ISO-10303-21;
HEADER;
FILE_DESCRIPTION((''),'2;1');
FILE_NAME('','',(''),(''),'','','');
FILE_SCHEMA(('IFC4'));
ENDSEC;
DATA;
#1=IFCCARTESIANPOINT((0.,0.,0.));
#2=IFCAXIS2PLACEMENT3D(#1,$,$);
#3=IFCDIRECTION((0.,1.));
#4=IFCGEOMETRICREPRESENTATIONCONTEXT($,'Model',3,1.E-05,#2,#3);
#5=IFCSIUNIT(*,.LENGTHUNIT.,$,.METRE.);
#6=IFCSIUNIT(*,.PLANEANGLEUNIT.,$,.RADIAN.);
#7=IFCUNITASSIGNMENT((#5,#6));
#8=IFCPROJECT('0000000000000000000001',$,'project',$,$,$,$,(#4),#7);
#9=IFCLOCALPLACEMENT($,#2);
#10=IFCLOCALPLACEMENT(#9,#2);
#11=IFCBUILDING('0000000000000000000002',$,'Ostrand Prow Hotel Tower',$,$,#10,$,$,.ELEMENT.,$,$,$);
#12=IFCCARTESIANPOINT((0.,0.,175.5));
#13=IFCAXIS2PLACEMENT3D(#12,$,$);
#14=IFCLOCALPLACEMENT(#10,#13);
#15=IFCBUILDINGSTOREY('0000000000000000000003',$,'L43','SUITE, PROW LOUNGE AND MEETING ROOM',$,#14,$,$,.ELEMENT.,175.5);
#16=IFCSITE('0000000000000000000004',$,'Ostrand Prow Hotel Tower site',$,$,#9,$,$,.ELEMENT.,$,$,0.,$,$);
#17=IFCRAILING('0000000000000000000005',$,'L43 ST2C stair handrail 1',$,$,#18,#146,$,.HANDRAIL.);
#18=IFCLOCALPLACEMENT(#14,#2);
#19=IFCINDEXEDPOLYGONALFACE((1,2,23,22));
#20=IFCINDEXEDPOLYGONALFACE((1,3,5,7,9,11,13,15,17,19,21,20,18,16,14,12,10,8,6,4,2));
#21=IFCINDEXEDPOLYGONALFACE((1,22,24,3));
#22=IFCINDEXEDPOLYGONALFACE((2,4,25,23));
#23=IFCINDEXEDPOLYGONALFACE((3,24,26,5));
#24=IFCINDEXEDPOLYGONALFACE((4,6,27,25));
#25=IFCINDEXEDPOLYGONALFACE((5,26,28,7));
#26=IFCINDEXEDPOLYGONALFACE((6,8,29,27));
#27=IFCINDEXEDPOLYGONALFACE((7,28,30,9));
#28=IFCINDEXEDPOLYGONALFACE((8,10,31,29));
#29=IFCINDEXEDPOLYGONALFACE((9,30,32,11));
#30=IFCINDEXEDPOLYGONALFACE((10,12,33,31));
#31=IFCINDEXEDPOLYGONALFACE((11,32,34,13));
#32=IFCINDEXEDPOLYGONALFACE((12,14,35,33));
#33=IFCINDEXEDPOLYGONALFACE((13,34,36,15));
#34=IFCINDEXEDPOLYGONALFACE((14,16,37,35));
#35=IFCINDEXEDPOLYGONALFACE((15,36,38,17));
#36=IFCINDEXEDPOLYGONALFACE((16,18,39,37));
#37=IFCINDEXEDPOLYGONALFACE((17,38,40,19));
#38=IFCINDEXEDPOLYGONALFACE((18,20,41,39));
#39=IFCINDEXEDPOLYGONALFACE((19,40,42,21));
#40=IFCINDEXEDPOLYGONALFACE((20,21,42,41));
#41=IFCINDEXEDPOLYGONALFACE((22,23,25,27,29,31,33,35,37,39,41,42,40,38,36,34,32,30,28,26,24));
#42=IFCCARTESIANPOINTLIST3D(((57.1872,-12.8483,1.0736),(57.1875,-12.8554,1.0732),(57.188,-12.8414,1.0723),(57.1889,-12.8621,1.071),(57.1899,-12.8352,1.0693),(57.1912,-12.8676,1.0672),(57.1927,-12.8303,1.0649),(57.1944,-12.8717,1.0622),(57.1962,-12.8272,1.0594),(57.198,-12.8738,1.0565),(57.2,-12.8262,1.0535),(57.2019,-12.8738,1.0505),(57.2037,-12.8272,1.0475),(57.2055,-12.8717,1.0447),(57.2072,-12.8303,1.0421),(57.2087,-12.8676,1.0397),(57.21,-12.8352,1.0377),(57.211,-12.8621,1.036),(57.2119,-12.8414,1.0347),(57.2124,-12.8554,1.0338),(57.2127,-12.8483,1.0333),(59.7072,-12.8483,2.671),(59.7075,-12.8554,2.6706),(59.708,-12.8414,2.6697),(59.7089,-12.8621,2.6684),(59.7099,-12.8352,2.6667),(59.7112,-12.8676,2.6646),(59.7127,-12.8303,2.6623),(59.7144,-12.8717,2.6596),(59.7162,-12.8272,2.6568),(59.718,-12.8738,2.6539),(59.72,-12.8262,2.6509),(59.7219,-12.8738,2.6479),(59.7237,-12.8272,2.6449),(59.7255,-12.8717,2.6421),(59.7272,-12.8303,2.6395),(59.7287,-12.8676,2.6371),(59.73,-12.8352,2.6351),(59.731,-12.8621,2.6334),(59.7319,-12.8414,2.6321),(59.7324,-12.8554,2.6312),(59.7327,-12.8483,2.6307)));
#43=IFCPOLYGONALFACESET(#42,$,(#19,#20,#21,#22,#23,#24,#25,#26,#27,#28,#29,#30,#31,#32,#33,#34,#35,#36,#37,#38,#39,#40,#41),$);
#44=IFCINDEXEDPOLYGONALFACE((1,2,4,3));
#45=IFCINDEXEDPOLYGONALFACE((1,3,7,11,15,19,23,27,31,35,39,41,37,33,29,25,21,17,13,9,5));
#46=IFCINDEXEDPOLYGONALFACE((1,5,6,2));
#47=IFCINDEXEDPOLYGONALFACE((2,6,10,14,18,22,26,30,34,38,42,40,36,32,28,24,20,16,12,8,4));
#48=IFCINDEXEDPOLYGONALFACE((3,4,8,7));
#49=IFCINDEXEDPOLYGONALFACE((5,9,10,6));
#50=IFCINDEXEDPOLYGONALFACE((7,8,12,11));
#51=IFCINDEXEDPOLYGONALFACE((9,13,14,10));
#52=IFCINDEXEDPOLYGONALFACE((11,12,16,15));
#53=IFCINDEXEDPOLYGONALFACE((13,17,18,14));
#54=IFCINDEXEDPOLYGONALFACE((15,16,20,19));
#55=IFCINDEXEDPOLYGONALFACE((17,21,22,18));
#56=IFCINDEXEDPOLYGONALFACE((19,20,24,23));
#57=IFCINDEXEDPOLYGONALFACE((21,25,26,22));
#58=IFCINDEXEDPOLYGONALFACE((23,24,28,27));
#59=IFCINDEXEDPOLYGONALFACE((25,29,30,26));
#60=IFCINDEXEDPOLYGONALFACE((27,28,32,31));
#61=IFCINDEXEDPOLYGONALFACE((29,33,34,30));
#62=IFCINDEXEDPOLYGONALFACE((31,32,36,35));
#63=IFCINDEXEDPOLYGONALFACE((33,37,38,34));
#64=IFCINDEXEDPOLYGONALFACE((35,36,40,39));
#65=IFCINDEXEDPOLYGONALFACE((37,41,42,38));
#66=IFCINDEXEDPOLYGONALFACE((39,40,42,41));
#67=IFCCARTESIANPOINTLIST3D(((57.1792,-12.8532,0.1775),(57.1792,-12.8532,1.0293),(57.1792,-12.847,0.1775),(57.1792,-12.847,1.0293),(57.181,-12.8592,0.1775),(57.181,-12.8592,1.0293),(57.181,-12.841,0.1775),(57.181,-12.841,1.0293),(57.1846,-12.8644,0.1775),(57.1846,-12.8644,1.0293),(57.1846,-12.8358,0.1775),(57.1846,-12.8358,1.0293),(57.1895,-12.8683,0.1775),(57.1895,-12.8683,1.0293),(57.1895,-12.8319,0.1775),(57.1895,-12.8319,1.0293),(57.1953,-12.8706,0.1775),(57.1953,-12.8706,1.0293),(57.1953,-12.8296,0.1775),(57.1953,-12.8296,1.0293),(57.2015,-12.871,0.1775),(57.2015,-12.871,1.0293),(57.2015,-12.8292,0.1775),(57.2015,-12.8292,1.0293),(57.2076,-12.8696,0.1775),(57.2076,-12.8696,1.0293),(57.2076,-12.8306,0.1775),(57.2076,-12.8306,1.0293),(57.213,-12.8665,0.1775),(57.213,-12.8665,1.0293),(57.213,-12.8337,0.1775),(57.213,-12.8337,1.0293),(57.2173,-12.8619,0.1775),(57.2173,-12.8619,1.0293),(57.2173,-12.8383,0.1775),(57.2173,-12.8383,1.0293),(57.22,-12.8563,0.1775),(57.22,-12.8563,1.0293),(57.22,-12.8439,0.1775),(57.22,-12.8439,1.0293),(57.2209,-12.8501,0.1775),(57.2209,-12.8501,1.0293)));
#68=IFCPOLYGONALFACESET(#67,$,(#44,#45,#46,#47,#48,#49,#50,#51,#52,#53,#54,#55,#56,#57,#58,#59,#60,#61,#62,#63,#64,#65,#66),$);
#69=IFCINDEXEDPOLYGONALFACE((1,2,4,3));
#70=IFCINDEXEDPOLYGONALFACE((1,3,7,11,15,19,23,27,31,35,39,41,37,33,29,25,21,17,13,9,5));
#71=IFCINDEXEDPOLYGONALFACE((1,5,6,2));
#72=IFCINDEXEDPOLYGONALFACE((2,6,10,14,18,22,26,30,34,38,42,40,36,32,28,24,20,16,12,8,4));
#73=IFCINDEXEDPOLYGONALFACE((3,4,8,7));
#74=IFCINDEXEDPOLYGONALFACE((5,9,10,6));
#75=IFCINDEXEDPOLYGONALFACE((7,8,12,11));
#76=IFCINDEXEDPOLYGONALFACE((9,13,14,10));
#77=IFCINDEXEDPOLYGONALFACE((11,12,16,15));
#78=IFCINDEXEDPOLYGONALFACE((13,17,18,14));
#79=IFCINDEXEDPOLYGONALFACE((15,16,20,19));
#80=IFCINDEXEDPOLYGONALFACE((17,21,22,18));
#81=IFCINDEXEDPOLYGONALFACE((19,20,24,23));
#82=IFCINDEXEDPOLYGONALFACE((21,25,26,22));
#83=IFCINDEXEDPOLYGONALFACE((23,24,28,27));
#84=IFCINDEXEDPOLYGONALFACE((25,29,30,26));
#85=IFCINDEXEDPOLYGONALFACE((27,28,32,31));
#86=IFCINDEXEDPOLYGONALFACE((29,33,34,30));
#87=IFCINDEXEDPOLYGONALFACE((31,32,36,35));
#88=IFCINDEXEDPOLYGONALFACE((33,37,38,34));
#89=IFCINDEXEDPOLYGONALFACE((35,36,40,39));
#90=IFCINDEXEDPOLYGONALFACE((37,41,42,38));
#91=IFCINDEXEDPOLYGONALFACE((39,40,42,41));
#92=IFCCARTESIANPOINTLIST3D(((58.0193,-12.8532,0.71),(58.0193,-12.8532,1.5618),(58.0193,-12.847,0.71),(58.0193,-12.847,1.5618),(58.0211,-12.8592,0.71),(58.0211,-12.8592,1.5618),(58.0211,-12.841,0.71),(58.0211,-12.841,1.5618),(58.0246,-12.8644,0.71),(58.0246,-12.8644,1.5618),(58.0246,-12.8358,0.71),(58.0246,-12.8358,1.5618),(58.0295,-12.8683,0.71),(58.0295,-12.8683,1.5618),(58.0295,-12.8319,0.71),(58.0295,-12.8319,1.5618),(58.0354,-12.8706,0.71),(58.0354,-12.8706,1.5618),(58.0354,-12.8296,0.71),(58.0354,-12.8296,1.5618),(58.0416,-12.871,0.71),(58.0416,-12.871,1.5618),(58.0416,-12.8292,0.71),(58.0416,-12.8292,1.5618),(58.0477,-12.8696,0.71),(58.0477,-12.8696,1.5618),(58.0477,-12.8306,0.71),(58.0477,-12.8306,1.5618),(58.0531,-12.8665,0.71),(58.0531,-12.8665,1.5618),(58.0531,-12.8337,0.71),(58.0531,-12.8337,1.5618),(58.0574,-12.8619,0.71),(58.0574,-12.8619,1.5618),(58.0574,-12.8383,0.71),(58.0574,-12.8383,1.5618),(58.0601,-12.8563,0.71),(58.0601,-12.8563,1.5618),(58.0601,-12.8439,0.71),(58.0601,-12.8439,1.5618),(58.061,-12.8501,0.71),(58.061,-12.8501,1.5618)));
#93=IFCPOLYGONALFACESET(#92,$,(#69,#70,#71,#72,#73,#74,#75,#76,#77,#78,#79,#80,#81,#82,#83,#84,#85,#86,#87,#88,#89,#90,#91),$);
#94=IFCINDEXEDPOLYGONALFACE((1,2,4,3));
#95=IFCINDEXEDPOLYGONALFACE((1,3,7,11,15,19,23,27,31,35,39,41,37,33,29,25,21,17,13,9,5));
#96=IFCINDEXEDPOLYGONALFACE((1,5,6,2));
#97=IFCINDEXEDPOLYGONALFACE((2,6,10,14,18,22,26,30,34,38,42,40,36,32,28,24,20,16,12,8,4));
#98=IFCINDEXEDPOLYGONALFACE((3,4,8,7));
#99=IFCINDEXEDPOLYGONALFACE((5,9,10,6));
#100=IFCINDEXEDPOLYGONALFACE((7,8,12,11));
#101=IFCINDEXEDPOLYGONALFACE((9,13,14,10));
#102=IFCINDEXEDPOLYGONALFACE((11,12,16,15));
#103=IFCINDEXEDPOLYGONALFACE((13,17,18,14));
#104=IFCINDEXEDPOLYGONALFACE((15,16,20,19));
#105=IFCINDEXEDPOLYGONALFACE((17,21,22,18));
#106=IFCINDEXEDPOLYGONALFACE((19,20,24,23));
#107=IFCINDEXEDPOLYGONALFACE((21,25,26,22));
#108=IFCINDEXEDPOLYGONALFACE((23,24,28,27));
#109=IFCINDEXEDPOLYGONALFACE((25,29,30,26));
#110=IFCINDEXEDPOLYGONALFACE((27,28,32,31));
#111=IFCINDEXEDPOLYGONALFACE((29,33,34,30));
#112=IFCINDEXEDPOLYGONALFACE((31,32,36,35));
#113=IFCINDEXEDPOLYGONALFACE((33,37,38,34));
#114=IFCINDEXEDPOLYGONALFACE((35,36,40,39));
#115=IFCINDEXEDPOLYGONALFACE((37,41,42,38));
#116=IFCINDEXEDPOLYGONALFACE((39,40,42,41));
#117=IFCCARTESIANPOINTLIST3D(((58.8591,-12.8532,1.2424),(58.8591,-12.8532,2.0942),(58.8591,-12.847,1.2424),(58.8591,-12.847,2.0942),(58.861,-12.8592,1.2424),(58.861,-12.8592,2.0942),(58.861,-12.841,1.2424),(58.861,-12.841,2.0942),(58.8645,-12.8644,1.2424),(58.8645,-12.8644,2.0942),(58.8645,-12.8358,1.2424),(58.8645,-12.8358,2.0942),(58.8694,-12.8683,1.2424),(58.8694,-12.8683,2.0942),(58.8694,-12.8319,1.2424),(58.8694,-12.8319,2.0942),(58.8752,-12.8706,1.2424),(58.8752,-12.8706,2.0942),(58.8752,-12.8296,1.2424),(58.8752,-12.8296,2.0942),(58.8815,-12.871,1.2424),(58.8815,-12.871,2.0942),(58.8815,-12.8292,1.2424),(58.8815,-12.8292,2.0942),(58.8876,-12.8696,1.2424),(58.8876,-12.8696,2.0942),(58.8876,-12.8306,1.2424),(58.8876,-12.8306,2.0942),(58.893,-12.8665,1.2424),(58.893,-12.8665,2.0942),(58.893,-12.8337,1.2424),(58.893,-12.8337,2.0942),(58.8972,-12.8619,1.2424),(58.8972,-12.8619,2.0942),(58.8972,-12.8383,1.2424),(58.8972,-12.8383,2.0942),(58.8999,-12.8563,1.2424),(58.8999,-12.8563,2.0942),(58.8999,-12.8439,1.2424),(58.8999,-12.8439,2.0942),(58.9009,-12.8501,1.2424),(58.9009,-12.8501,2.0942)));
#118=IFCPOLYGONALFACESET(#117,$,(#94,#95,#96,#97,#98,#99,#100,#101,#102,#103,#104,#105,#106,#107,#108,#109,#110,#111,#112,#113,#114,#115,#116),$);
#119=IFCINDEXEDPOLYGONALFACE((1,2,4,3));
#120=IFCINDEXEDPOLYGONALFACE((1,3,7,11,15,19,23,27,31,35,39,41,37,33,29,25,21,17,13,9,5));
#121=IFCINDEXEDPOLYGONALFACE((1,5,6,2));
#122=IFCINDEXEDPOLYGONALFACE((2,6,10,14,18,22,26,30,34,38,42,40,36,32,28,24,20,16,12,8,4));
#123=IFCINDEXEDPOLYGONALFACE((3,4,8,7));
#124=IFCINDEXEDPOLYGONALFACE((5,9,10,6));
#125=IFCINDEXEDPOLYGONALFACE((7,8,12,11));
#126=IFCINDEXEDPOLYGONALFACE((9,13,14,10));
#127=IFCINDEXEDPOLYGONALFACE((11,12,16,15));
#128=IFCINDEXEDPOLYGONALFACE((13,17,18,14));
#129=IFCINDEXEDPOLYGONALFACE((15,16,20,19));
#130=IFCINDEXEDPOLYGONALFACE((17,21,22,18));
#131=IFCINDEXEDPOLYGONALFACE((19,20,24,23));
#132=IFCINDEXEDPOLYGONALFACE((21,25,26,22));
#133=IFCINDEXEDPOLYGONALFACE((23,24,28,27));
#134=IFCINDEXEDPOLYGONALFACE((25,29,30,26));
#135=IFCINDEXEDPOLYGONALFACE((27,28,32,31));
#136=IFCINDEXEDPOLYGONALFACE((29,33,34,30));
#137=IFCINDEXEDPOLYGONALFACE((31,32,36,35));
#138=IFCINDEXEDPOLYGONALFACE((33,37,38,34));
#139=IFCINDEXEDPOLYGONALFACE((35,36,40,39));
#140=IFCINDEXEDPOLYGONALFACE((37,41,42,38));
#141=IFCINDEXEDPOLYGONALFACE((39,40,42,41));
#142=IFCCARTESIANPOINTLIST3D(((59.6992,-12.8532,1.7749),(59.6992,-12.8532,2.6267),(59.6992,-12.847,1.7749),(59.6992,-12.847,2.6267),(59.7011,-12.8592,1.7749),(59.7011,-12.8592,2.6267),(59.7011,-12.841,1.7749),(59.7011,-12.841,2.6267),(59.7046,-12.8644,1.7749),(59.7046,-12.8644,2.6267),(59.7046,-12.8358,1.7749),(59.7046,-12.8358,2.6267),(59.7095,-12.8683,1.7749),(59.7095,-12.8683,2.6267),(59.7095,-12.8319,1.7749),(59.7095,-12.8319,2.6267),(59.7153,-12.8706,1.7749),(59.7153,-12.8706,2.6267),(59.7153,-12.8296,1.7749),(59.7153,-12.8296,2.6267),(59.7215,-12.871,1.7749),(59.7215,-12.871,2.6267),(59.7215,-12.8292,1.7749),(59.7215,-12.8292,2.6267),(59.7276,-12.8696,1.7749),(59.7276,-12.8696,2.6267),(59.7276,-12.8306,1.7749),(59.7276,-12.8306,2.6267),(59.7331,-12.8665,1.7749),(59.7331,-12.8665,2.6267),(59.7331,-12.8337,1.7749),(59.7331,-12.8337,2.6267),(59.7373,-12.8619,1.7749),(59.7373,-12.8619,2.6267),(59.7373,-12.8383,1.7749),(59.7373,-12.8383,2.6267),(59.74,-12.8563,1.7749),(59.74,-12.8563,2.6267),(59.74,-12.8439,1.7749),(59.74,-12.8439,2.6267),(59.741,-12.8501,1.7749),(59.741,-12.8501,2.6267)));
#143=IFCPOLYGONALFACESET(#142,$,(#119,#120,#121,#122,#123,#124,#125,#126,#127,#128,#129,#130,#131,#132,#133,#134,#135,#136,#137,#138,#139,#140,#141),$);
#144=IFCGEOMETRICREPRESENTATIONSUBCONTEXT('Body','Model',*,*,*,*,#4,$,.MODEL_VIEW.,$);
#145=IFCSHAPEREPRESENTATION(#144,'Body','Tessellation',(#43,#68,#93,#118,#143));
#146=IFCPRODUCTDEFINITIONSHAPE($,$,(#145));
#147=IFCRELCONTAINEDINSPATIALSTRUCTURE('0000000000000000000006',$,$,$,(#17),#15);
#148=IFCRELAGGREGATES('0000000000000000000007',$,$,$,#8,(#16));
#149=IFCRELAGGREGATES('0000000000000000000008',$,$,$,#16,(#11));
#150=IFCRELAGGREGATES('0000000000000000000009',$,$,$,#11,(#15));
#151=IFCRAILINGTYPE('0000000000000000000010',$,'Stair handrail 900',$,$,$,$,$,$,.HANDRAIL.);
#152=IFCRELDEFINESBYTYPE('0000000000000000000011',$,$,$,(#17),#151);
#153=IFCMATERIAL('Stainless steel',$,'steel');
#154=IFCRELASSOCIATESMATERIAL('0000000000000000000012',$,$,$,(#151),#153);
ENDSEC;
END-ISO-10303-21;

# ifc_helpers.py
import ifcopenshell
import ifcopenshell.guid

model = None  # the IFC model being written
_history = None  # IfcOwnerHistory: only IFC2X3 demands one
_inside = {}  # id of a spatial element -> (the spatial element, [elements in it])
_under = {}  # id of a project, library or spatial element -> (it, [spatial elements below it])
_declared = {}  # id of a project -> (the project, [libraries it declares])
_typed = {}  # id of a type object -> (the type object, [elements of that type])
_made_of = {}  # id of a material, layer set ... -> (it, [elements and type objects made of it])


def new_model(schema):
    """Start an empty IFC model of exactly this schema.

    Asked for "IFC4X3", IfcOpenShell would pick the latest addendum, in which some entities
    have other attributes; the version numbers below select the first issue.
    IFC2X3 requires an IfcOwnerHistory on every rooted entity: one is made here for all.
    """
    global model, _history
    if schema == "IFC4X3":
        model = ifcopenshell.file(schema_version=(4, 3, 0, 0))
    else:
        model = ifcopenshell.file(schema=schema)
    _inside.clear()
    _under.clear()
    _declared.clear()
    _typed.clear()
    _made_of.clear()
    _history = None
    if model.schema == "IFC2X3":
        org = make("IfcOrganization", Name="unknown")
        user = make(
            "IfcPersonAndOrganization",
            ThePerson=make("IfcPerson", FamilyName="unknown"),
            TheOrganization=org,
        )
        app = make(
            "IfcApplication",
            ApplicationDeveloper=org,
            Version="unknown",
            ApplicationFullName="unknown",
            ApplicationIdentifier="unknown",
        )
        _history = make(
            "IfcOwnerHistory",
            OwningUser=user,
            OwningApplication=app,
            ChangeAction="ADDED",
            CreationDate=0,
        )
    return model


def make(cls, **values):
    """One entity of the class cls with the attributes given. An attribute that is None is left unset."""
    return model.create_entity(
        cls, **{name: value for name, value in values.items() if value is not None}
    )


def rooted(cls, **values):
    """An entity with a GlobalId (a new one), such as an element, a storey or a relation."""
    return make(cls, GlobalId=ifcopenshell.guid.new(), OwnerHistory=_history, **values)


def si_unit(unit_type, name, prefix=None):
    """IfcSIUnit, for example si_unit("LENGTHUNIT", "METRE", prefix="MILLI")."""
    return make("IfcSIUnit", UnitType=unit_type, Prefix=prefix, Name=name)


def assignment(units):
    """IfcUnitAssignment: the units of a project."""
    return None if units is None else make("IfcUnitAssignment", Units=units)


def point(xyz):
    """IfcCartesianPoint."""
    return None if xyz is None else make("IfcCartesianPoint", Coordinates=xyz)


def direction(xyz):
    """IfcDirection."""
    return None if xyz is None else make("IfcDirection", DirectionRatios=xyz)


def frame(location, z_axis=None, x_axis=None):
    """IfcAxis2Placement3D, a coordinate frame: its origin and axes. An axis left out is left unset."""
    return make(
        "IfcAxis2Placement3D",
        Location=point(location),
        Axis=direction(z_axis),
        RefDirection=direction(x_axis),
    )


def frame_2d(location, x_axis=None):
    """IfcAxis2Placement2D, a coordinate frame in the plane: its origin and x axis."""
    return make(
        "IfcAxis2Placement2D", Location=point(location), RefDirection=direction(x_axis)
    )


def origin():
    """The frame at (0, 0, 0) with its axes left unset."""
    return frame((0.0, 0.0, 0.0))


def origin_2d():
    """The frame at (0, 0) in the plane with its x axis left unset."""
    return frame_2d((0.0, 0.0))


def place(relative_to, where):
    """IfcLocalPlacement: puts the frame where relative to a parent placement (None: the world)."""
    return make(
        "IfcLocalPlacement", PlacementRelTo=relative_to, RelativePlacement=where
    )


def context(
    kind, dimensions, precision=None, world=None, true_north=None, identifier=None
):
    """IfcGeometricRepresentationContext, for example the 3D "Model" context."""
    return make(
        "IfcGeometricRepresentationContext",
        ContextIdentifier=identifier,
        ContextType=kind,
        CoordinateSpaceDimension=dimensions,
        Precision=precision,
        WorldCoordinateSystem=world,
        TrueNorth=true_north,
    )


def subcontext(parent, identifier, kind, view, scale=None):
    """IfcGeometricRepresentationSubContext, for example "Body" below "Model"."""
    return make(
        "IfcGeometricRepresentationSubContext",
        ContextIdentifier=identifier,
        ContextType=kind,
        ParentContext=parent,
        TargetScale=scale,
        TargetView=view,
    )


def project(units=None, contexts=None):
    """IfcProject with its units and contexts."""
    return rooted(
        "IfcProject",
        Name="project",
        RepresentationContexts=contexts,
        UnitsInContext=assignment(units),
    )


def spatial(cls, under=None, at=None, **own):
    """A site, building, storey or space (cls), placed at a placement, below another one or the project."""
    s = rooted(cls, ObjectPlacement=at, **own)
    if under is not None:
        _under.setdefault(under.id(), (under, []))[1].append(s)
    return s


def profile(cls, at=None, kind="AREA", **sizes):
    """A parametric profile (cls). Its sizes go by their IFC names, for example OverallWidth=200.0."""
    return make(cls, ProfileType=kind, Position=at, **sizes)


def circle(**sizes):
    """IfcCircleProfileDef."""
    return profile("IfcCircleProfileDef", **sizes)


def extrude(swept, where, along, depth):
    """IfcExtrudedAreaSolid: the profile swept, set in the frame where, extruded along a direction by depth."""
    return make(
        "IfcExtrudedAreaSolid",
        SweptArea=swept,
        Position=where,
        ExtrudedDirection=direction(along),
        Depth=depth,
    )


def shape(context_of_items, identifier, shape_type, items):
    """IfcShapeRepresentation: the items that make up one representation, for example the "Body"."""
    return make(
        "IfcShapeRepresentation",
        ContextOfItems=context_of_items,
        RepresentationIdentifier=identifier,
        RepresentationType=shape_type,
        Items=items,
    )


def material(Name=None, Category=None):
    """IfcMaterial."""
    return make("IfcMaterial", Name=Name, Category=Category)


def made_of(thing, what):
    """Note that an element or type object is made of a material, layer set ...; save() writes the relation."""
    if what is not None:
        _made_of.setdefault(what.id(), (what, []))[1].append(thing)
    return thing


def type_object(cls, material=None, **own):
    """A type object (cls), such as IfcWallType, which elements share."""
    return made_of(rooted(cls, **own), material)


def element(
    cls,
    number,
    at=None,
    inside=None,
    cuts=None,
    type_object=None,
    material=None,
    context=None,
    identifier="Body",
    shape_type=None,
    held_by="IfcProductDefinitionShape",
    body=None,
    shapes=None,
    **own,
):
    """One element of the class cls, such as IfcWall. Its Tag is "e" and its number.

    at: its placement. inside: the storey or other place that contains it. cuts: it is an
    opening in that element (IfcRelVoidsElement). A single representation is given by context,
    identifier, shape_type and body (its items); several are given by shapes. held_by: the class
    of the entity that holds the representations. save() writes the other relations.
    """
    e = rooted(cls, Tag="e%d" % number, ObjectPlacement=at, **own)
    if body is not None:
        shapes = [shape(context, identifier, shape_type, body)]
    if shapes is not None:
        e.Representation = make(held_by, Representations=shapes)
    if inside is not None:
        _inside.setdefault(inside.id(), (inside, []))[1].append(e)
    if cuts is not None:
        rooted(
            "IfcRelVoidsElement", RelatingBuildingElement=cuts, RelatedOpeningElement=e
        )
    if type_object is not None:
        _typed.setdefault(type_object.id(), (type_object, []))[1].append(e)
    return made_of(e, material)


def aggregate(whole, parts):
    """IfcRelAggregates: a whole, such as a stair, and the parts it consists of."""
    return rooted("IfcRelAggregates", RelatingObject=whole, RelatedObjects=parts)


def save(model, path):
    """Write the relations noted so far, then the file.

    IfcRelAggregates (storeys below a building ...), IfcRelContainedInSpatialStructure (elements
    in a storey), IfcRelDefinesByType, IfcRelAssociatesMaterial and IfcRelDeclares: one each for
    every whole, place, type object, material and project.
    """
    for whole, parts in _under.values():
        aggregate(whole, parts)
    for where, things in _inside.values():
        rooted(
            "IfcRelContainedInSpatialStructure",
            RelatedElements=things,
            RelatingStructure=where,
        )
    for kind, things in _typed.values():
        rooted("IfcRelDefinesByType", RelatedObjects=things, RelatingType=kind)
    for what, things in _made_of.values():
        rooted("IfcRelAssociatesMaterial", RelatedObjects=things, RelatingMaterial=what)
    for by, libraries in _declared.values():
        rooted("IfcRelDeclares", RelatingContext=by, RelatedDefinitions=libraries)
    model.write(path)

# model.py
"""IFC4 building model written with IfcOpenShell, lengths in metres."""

from ifc_helpers import new_model, si_unit, direction, frame, origin, origin_2d, place, context, subcontext, project, spatial, circle, extrude, material, type_object, element, save


model = new_model("IFC4")

# Units and contexts
model_context = context("Model", 3, precision=1e-05, world=origin(), true_north=direction((0.0, 1.0)))
body_context = subcontext(model_context, "Body", "Model", "MODEL_VIEW")
ifc_project = project(units=[si_unit("LENGTHUNIT", "METRE"), si_unit("PLANEANGLEUNIT", "RADIAN")], contexts=[model_context])

# Site, building, storey
site_placement = place(None, origin())
site = spatial("IfcSite", under=ifc_project, at=site_placement, Name="Ostrand Prow Hotel Tower site", CompositionType="ELEMENT", RefElevation=0.0)
building_placement = place(site_placement, origin())
building = spatial("IfcBuilding", under=site, at=building_placement, Name="Ostrand Prow Hotel Tower", CompositionType="ELEMENT")
storey_placement = place(building_placement, frame((0.0, 0.0, 175.5)))
storey = spatial("IfcBuildingStorey", under=building, at=storey_placement, Name="L43", Description="SUITE, PROW LOUNGE AND MEETING ROOM", CompositionType="ELEMENT", Elevation=175.5)

# Railing
ifc_material_1 = material(Name="Stainless steel", Category="steel")
railing_type_1 = type_object("IfcRailingType", Name="Stair handrail 900", PredefinedType="HANDRAIL", material=ifc_material_1)
railing_1_placement = place(storey_placement, frame((57.2, -12.8501, 0.1775)))
element("IfcRailing", 1, at=railing_1_placement, inside=storey, type_object=railing_type_1, Name="L43 ST2C stair handrail 1", PredefinedType="HANDRAIL", context=body_context, shape_type="SweptSolid", body=[
    extrude(circle(Radius=0.0239, at=origin_2d()), frame((0.0, 0.0, 0.876), z_axis=(0.844607, 0.0, 0.535387), x_axis=(0.0, 1.0, 0.0)), (0.0, 0.0, 1.0), 2.9836),
    extrude(circle(Radius=0.021, at=origin_2d()), origin(), (0.0, 0.0, 1.0), 0.8518),
    extrude(circle(Radius=0.021, at=origin_2d()), frame((0.8401, 0.0, 0.5325)), (0.0, 0.0, 1.0), 0.8518),
    extrude(circle(Radius=0.021, at=origin_2d()), frame((1.6799, 0.0, 1.0649)), (0.0, 0.0, 1.0), 0.8518),
    extrude(circle(Radius=0.021, at=origin_2d()), frame((2.52, 0.0, 1.5974)), (0.0, 0.0, 1.0), 0.8518),
])

save(model, "model.ifc")
